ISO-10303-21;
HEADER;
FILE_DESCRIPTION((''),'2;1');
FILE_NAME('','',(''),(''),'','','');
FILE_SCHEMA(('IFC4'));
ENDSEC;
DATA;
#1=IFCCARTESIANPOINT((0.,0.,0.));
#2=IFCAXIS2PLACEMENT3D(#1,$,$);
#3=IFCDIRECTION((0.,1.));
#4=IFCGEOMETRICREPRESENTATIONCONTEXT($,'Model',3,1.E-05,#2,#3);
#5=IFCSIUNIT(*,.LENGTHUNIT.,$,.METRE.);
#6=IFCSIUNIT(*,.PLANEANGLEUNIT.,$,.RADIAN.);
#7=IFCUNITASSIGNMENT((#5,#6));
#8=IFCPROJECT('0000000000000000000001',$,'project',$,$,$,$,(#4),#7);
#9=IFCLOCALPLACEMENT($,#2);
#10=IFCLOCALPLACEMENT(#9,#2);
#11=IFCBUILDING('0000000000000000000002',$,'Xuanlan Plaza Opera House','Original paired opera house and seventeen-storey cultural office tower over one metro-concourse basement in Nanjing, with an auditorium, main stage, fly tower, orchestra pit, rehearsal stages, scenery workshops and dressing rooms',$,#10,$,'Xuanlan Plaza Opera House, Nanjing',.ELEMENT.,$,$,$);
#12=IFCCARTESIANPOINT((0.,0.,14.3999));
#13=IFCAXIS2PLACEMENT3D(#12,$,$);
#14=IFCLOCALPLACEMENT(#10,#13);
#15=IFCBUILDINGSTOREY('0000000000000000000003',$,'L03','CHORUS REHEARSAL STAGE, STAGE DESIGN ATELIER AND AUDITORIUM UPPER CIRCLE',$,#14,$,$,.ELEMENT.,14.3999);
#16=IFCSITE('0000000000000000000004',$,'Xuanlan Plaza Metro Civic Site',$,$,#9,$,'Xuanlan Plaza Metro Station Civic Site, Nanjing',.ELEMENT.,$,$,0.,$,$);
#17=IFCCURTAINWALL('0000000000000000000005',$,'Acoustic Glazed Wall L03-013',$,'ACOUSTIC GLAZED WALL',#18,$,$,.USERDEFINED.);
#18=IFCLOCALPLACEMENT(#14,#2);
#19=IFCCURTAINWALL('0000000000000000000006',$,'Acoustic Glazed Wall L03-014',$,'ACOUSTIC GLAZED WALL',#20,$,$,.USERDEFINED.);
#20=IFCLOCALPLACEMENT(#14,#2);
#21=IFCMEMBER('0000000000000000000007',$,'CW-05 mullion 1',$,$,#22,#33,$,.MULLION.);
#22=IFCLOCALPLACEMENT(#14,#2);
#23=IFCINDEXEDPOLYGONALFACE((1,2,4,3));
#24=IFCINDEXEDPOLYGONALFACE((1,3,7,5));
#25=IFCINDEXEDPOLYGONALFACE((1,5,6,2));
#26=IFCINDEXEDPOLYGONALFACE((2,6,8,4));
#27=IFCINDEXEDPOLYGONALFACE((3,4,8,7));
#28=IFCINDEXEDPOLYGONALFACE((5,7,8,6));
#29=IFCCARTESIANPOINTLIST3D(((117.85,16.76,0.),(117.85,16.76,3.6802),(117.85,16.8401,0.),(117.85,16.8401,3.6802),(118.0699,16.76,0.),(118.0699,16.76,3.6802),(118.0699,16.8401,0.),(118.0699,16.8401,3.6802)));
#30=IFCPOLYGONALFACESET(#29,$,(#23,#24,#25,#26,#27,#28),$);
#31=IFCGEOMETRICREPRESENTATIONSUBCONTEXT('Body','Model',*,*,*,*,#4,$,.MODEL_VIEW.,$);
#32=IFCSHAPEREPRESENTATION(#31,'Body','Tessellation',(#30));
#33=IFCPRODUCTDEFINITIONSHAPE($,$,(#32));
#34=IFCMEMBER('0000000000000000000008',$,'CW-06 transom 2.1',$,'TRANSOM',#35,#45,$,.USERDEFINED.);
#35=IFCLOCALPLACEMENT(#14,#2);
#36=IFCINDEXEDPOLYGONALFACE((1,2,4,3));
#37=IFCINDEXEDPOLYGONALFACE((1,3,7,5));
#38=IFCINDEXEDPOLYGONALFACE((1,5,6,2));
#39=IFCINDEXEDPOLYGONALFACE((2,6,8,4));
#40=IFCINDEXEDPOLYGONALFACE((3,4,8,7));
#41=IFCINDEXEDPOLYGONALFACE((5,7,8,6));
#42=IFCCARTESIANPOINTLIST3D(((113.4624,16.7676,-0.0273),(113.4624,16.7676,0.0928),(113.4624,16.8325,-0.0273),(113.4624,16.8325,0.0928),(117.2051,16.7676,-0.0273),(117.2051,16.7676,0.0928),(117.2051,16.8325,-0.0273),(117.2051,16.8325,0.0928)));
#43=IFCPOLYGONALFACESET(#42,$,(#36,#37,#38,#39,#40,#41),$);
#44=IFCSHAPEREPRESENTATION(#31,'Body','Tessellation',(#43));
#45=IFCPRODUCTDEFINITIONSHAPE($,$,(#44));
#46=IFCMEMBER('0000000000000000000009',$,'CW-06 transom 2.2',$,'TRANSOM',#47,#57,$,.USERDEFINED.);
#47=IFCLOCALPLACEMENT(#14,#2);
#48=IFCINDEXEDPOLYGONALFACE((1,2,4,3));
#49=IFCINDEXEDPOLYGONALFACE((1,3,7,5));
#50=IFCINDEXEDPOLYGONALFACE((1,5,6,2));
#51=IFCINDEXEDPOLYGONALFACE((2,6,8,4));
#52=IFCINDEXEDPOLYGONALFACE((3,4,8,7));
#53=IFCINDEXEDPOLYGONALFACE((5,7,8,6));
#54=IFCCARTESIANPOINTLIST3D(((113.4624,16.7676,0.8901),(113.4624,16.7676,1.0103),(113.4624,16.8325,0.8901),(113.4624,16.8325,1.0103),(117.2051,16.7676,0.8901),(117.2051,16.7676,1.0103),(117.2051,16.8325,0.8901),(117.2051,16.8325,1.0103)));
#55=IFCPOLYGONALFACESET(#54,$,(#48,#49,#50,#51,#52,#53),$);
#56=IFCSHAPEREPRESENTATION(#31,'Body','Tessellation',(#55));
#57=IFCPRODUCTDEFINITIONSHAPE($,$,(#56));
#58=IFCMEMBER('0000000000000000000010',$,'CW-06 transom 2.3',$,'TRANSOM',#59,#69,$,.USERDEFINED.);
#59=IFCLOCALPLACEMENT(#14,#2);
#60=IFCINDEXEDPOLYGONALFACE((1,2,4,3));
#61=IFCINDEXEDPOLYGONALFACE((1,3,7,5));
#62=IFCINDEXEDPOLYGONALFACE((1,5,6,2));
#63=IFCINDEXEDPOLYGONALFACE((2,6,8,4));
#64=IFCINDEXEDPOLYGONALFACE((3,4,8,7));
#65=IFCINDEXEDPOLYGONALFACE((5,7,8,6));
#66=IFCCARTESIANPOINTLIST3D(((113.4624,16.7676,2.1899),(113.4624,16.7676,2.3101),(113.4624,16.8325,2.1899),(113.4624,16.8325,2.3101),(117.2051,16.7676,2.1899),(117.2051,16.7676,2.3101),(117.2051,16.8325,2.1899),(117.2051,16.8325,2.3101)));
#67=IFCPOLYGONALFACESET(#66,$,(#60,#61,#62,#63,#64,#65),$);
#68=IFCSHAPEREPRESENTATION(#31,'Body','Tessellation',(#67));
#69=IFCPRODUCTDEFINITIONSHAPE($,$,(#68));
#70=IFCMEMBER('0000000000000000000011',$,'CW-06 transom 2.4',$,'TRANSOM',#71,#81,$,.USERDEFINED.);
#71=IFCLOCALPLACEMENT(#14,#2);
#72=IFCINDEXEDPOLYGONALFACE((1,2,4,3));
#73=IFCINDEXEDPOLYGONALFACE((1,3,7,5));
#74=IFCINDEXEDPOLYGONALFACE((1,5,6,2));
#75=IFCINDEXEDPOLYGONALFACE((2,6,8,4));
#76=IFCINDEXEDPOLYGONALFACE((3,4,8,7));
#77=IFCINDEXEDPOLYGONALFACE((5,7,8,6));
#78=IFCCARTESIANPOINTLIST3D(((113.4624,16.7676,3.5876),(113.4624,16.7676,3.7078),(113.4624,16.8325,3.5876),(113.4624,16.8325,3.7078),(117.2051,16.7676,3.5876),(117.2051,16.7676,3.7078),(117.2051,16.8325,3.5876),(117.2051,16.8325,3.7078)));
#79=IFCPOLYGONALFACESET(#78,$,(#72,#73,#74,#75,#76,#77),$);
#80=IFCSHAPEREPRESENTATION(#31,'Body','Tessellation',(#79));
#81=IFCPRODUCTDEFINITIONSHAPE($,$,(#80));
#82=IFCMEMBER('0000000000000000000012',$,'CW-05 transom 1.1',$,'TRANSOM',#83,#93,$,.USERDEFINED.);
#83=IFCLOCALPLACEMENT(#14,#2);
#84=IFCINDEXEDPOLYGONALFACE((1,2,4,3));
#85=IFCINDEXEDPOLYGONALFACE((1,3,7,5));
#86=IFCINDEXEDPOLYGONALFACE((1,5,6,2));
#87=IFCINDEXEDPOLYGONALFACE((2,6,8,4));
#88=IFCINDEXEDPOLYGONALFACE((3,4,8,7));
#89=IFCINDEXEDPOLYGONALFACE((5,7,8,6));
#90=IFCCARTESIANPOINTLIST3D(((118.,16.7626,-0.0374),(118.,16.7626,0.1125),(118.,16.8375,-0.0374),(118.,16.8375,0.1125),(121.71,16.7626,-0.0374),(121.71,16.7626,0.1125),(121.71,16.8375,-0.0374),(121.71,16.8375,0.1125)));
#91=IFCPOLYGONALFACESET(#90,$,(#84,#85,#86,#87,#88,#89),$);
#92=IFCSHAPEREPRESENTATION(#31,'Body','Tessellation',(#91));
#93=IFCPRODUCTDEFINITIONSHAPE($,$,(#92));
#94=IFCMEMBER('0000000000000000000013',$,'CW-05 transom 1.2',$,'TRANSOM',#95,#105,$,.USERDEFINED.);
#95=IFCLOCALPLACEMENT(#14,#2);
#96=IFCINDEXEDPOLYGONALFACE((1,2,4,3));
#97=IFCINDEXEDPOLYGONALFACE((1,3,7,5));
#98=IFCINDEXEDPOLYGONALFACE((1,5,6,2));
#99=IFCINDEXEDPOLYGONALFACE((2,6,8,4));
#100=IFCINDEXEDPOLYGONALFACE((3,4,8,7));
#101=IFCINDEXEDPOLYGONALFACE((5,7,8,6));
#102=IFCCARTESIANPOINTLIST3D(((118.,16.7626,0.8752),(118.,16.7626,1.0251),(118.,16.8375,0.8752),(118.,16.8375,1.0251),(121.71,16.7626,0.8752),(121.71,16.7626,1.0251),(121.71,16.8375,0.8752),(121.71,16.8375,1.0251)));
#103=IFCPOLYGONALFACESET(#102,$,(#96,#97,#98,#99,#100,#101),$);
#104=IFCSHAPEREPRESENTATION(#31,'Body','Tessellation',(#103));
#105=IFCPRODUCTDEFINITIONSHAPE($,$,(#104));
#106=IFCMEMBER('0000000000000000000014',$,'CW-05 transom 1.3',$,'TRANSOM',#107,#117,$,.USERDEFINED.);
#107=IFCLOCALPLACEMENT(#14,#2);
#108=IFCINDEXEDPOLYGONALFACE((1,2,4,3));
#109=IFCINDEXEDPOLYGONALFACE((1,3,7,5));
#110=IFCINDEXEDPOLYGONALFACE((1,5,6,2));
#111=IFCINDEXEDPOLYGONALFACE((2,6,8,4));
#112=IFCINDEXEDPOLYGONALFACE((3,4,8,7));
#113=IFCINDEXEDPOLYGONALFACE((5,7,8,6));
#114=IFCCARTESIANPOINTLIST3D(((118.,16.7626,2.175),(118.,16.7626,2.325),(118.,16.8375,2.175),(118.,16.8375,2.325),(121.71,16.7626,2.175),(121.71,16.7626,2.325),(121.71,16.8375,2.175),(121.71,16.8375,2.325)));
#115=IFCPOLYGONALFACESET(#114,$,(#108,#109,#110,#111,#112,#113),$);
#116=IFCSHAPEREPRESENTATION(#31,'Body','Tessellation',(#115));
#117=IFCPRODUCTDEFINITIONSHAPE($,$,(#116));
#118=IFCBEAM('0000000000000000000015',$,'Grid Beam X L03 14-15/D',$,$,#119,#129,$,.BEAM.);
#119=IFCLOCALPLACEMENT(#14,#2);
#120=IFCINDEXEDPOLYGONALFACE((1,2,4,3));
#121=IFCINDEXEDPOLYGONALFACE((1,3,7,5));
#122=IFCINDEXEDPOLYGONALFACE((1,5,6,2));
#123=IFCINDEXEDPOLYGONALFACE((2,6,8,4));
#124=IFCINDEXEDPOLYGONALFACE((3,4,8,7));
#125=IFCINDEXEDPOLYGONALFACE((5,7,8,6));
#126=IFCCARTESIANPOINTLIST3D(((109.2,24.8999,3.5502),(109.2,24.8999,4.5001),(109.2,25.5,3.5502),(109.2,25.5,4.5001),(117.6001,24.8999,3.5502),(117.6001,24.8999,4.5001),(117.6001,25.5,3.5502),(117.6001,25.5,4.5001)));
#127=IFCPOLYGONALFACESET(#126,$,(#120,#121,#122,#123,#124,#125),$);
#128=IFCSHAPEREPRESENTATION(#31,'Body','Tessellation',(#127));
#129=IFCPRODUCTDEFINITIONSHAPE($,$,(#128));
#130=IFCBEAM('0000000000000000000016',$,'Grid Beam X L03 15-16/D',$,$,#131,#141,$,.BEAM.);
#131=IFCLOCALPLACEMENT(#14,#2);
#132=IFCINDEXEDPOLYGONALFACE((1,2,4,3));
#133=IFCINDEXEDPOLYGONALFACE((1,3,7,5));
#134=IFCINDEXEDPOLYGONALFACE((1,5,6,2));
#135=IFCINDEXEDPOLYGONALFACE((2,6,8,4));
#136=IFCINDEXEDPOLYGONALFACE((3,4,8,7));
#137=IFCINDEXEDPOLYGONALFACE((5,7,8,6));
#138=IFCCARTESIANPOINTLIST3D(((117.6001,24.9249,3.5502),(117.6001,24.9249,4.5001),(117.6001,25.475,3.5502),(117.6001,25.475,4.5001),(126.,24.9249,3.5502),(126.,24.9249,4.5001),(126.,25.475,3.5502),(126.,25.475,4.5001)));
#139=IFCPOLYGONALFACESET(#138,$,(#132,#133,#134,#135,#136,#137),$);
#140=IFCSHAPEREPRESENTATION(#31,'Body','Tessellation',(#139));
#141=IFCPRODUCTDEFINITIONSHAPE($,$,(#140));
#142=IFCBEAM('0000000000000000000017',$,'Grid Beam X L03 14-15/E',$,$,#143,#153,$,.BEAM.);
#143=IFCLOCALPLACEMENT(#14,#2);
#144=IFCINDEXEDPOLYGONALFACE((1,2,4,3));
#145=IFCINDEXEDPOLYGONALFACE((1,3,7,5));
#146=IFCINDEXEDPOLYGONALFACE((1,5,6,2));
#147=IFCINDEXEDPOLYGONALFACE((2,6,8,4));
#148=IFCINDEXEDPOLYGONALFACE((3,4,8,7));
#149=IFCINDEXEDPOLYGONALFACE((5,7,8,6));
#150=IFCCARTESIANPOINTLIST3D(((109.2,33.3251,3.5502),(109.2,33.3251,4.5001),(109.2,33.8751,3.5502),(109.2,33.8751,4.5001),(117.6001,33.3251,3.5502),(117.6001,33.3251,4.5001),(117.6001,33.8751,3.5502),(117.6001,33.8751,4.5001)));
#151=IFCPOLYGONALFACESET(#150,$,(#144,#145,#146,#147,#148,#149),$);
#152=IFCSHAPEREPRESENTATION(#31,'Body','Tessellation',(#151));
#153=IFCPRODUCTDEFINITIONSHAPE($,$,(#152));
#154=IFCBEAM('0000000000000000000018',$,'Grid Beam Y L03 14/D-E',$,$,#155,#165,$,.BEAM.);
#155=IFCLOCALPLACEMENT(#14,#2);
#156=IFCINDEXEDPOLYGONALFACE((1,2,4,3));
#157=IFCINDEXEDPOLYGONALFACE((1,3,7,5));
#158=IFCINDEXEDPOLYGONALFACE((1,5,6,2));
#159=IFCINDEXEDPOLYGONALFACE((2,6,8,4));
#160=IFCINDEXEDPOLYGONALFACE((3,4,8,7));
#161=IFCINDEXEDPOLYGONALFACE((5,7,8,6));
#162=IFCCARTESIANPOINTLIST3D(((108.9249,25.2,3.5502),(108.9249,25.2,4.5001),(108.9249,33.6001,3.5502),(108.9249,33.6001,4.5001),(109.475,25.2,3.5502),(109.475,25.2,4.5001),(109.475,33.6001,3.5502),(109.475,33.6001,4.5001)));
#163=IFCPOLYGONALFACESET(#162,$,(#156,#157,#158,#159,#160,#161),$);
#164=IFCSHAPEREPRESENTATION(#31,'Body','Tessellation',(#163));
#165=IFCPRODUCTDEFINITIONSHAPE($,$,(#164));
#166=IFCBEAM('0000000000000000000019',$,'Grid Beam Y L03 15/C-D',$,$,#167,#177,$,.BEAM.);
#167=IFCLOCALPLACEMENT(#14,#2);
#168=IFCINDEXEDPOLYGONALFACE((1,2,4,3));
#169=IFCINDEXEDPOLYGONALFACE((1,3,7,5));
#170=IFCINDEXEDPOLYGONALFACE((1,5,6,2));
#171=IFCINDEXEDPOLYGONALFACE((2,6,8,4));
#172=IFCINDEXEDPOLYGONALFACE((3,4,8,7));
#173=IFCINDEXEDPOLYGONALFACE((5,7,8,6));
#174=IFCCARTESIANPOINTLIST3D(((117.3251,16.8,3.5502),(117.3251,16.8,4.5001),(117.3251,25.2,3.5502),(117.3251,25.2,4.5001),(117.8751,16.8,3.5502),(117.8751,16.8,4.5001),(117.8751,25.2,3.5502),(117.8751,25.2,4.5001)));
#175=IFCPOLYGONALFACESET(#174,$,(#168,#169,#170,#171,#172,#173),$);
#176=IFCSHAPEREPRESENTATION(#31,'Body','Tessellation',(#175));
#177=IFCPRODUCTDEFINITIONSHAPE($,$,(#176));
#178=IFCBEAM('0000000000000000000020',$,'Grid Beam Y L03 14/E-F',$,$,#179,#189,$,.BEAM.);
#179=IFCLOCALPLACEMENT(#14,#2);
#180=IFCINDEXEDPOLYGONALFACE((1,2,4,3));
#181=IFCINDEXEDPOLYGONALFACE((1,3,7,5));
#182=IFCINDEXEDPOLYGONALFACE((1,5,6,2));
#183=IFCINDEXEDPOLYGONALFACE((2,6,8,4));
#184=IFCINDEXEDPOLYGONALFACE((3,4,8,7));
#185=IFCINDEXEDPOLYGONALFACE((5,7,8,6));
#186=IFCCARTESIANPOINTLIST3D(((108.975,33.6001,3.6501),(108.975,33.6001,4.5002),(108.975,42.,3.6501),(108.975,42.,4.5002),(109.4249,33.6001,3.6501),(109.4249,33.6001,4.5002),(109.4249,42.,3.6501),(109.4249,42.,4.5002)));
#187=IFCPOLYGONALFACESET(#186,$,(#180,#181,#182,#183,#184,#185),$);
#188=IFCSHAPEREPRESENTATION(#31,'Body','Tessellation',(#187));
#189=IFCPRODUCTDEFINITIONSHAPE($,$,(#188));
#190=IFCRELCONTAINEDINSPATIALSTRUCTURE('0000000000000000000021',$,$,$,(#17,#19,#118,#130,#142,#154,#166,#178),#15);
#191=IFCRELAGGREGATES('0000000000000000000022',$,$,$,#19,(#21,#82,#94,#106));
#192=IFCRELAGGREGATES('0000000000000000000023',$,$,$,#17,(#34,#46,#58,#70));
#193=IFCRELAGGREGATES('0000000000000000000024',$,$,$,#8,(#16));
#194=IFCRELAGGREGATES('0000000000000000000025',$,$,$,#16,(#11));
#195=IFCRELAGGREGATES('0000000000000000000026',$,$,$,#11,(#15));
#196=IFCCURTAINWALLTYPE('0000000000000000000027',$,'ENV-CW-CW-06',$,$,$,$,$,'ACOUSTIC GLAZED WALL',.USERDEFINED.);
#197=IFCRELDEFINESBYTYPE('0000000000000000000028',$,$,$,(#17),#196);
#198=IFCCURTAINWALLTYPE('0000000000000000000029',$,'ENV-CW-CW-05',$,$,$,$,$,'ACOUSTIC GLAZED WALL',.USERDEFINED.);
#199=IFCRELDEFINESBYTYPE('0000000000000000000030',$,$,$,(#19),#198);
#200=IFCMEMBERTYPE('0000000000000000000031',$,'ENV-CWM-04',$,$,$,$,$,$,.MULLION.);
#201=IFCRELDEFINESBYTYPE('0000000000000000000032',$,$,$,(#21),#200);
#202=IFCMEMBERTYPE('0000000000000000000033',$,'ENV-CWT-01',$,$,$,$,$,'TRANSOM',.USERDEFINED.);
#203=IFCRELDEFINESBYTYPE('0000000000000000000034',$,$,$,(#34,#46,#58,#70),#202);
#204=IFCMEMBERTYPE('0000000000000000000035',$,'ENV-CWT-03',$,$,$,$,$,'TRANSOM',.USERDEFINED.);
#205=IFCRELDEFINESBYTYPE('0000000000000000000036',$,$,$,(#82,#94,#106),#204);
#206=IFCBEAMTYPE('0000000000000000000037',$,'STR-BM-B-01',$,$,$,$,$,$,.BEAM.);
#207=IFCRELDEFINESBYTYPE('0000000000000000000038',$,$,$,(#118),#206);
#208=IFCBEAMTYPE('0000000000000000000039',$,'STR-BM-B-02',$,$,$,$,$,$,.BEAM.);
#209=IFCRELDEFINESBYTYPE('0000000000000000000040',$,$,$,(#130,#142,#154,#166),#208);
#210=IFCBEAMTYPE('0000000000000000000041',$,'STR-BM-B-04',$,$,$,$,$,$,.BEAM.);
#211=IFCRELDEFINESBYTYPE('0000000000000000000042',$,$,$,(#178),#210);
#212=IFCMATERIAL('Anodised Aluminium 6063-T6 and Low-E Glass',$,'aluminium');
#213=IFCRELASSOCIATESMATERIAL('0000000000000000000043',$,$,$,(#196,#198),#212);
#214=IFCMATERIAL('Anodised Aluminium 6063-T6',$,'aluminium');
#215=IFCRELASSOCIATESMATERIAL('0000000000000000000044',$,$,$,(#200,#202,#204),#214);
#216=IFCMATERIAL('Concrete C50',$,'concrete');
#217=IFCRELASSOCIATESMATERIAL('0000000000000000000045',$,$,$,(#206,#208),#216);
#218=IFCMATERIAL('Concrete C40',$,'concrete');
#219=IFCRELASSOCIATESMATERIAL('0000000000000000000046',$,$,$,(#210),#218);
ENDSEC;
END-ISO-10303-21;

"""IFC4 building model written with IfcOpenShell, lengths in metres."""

from ifc_helpers import new_model, si_unit, direction, frame, origin, origin_2d, place, context, subcontext, project, spatial, rectangle, extrude, material, material_profile, profile_set, type_object, element, aggregate, save


model = new_model("IFC4")

# Units and contexts
model_context = context("Model", 3, precision=1e-05, world=origin(), true_north=direction((0.0, 1.0)))
body_context = subcontext(model_context, "Body", "Model", "MODEL_VIEW")
ifc_project = project(units=[si_unit("LENGTHUNIT", "METRE"), si_unit("PLANEANGLEUNIT", "RADIAN")], contexts=[model_context])

# Site, building, storey
site_placement = place(None, origin())
site = spatial("IfcSite", under=ifc_project, at=site_placement, Name="Xuanlan Plaza Metro Civic Site", LongName="Xuanlan Plaza Metro Station Civic Site, Nanjing", CompositionType="ELEMENT", RefElevation=0.0)
building_placement = place(site_placement, origin())
building = spatial("IfcBuilding", under=site, at=building_placement, Name="Xuanlan Plaza Opera House", Description="Original paired opera house and seventeen-storey cultural office tower over one metro-concourse basement in Nanjing, with an auditorium, main stage, fly tower, orchestra pit, rehearsal stages, scenery workshops and dressing rooms", LongName="Xuanlan Plaza Opera House, Nanjing", CompositionType="ELEMENT")
storey_placement = place(building_placement, frame((0.0, 0.0, 14.3999)))
storey = spatial("IfcBuildingStorey", under=building, at=storey_placement, Name="L03", Description="CHORUS REHEARSAL STAGE, STAGE DESIGN ATELIER AND AUDITORIUM UPPER CIRCLE", CompositionType="ELEMENT", Elevation=14.3999)

# Shared definitions
ifc_material_1 = material(Name="Concrete C40", Category="concrete")

# Curtain wall
ifc_material_2 = material(Name="Anodised Aluminium 6063-T6 and Low-E Glass", Category="aluminium")
curtain_wall_type_1 = type_object("IfcCurtainWallType", Name="ENV-CW-CW-06", ElementType="ACOUSTIC GLAZED WALL", PredefinedType="USERDEFINED", material=ifc_material_2)
curtain_wall_1_placement = place(storey_placement, origin())
curtain_wall_1 = element("IfcCurtainWall", 1, at=curtain_wall_1_placement, inside=storey, type_object=curtain_wall_type_1, Name="Acoustic Glazed Wall L03-013", ObjectType="ACOUSTIC GLAZED WALL", PredefinedType="USERDEFINED")
ifc_material_3 = material(Name="Anodised Aluminium 6063-T6", Category="aluminium")

# Curtain wall, member
curtain_wall_type_2 = type_object("IfcCurtainWallType", Name="ENV-CW-CW-05", ElementType="ACOUSTIC GLAZED WALL", PredefinedType="USERDEFINED", material=ifc_material_2)
curtain_wall_2_placement = place(storey_placement, origin())
curtain_wall_2 = element("IfcCurtainWall", 2, at=curtain_wall_2_placement, inside=storey, type_object=curtain_wall_type_2, Name="Acoustic Glazed Wall L03-014", ObjectType="ACOUSTIC GLAZED WALL", PredefinedType="USERDEFINED")
ifc_material_profile_1 = material_profile(ifc_material_3, rectangle(XDim=0.0801, YDim=0.22, at=origin_2d()), Name="ALU-M 80x220")
ifc_profile_set_1 = profile_set([ifc_material_profile_1], Name="Anodised Aluminium 6063-T6")
member_type_1 = type_object("IfcMemberType", Name="ENV-CWM-04", PredefinedType="MULLION", material=ifc_profile_set_1)
member_1_placement = place(storey_placement, frame((117.96, 16.8, 0.0), z_axis=(0.0, 0.0, 1.0), x_axis=(0.0, 1.0, 0.0)))
member_1 = element("IfcMember", 3, at=member_1_placement, type_object=member_type_1, Name="CW-05 mullion 1", PredefinedType="MULLION", context=body_context, shape_type="SweptSolid", body=[
    extrude(rectangle(XDim=0.0801, YDim=0.22, at=origin_2d()), origin(), (0.0, 0.0, 1.0), 3.6802),
])

# Members
ifc_material_profile_2 = material_profile(ifc_material_3, rectangle(XDim=0.0649, YDim=0.1201, at=origin_2d()), Name="ALU-T 65x120")
ifc_profile_set_2 = profile_set([ifc_material_profile_2], Name="Anodised Aluminium 6063-T6")
member_type_2 = type_object("IfcMemberType", Name="ENV-CWT-01", ElementType="TRANSOM", PredefinedType="USERDEFINED", material=ifc_profile_set_2)
member_2_placement = place(storey_placement, frame((113.4624, 16.8, 0.0327), z_axis=(1.0, 0.0, 0.0), x_axis=(0.0, 1.0, 0.0)))
member_2 = element("IfcMember", 4, at=member_2_placement, type_object=member_type_2, Name="CW-06 transom 2.1", ObjectType="TRANSOM", PredefinedType="USERDEFINED", context=body_context, shape_type="SweptSolid", body=[
    extrude(rectangle(XDim=0.0649, YDim=0.1201, at=origin_2d()), origin(), (0.0, 0.0, 1.0), 3.7427),
])
member_3_placement = place(storey_placement, frame((113.4624, 16.8, 0.9502), z_axis=(1.0, 0.0, 0.0), x_axis=(0.0, 1.0, 0.0)))
member_3 = element("IfcMember", 5, at=member_3_placement, type_object=member_type_2, Name="CW-06 transom 2.2", ObjectType="TRANSOM", PredefinedType="USERDEFINED", context=body_context, shape_type="SweptSolid", body=[
    extrude(rectangle(XDim=0.0649, YDim=0.1201, at=origin_2d()), origin(), (0.0, 0.0, 1.0), 3.7427),
])
member_4_placement = place(storey_placement, frame((113.4624, 16.8, 2.25), z_axis=(1.0, 0.0, 0.0), x_axis=(0.0, 1.0, 0.0)))
member_4 = element("IfcMember", 6, at=member_4_placement, type_object=member_type_2, Name="CW-06 transom 2.3", ObjectType="TRANSOM", PredefinedType="USERDEFINED", context=body_context, shape_type="SweptSolid", body=[
    extrude(rectangle(XDim=0.0649, YDim=0.1201, at=origin_2d()), origin(), (0.0, 0.0, 1.0), 3.7427),
])
member_5_placement = place(storey_placement, frame((113.4624, 16.8, 3.6477), z_axis=(1.0, 0.0, 0.0), x_axis=(0.0, 1.0, 0.0)))
member_5 = element("IfcMember", 7, at=member_5_placement, type_object=member_type_2, Name="CW-06 transom 2.4", ObjectType="TRANSOM", PredefinedType="USERDEFINED", context=body_context, shape_type="SweptSolid", body=[
    extrude(rectangle(XDim=0.0649, YDim=0.1201, at=origin_2d()), origin(), (0.0, 0.0, 1.0), 3.7427),
])
ifc_material_profile_3 = material_profile(ifc_material_3, rectangle(XDim=0.075, YDim=0.1499, at=origin_2d()), Name="ALU-T 75x150")
ifc_profile_set_3 = profile_set([ifc_material_profile_3], Name="Anodised Aluminium 6063-T6")
member_type_3 = type_object("IfcMemberType", Name="ENV-CWT-03", ElementType="TRANSOM", PredefinedType="USERDEFINED", material=ifc_profile_set_3)
member_6_placement = place(storey_placement, frame((118.0, 16.8, 0.0376), z_axis=(1.0, 0.0, 0.0), x_axis=(0.0, 1.0, 0.0)))
member_6 = element("IfcMember", 8, at=member_6_placement, type_object=member_type_3, Name="CW-05 transom 1.1", ObjectType="TRANSOM", PredefinedType="USERDEFINED", context=body_context, shape_type="SweptSolid", body=[
    extrude(rectangle(XDim=0.075, YDim=0.1499, at=origin_2d()), origin(), (0.0, 0.0, 1.0), 3.71),
])
member_7_placement = place(storey_placement, frame((118.0, 16.8, 0.9502), z_axis=(1.0, 0.0, 0.0), x_axis=(0.0, 1.0, 0.0)))
member_7 = element("IfcMember", 9, at=member_7_placement, type_object=member_type_3, Name="CW-05 transom 1.2", ObjectType="TRANSOM", PredefinedType="USERDEFINED", context=body_context, shape_type="SweptSolid", body=[
    extrude(rectangle(XDim=0.075, YDim=0.1499, at=origin_2d()), origin(), (0.0, 0.0, 1.0), 3.71),
])
member_8_placement = place(storey_placement, frame((118.0, 16.8, 2.25), z_axis=(1.0, 0.0, 0.0), x_axis=(0.0, 1.0, 0.0)))
member_8 = element("IfcMember", 10, at=member_8_placement, type_object=member_type_3, Name="CW-05 transom 1.3", ObjectType="TRANSOM", PredefinedType="USERDEFINED", context=body_context, shape_type="SweptSolid", body=[
    extrude(rectangle(XDim=0.075, YDim=0.1499, at=origin_2d()), origin(), (0.0, 0.0, 1.0), 3.71),
])
aggregate(curtain_wall_2, [member_1, member_6, member_7, member_8])

# Beams
ifc_material_4 = material(Name="Concrete C50", Category="concrete")
ifc_material_profile_4 = material_profile(ifc_material_4, rectangle(XDim=0.6001, YDim=0.95, at=origin_2d()), Name="RC-BM 600x950")
ifc_profile_set_4 = profile_set([ifc_material_profile_4], Name="Concrete C50")
beam_type_1 = type_object("IfcBeamType", Name="STR-BM-B-01", PredefinedType="BEAM", material=ifc_profile_set_4)
beam_1_placement = place(storey_placement, frame((109.2, 25.2, 4.0251), z_axis=(1.0, 0.0, 0.0), x_axis=(0.0, 1.0, 0.0)))
element("IfcBeam", 11, at=beam_1_placement, inside=storey, type_object=beam_type_1, Name="Grid Beam X L03 14-15/D", PredefinedType="BEAM", context=body_context, shape_type="SweptSolid", body=[
    extrude(rectangle(XDim=0.6001, YDim=0.95, at=origin_2d()), origin(), (0.0, 0.0, 1.0), 8.4001),
])
ifc_material_profile_5 = material_profile(ifc_material_4, rectangle(XDim=0.55, YDim=0.95, at=origin_2d()), Name="RC-BM 550x950")
ifc_profile_set_5 = profile_set([ifc_material_profile_5], Name="Concrete C50")
beam_type_2 = type_object("IfcBeamType", Name="STR-BM-B-02", PredefinedType="BEAM", material=ifc_profile_set_5)
beam_2_placement = place(storey_placement, frame((117.6001, 25.2, 4.0251), z_axis=(1.0, 0.0, 0.0), x_axis=(0.0, 1.0, 0.0)))
element("IfcBeam", 12, at=beam_2_placement, inside=storey, type_object=beam_type_2, Name="Grid Beam X L03 15-16/D", PredefinedType="BEAM", context=body_context, shape_type="SweptSolid", body=[
    extrude(rectangle(XDim=0.55, YDim=0.95, at=origin_2d()), origin(), (0.0, 0.0, 1.0), 8.3999),
])
for number, where, z_axis, x_axis, name in (
    (13, (109.2, 33.6001, 4.0251), (1.0, 0.0, 0.0), (0.0, 1.0, 0.0), "Grid Beam X L03 14-15/E"),
    (14, (109.2, 25.2, 4.0251), (0.0, 1.0, 0.0), (-1.0, 0.0, 0.0), "Grid Beam Y L03 14/D-E"),
):
    element("IfcBeam", number, at=place(storey_placement, frame(where, z_axis=z_axis, x_axis=x_axis)), inside=storey, type_object=beam_type_2, Name=name, PredefinedType="BEAM", context=body_context, shape_type="SweptSolid", body=[
        extrude(rectangle(XDim=0.55, YDim=0.95, at=origin_2d()), origin(), (0.0, 0.0, 1.0), 8.4001),
    ])
beam_3_placement = place(storey_placement, frame((117.6001, 16.8, 4.0251), z_axis=(0.0, 1.0, 0.0), x_axis=(-1.0, 0.0, 0.0)))
element("IfcBeam", 15, at=beam_3_placement, inside=storey, type_object=beam_type_2, Name="Grid Beam Y L03 15/C-D", PredefinedType="BEAM", context=body_context, shape_type="SweptSolid", body=[
    extrude(rectangle(XDim=0.55, YDim=0.95, at=origin_2d()), origin(), (0.0, 0.0, 1.0), 8.3999),
])
ifc_material_profile_6 = material_profile(ifc_material_1, rectangle(XDim=0.45, YDim=0.8501, at=origin_2d()), Name="RC-BM 450x850")
ifc_profile_set_6 = profile_set([ifc_material_profile_6], Name="Concrete C40")
beam_type_3 = type_object("IfcBeamType", Name="STR-BM-B-04", PredefinedType="BEAM", material=ifc_profile_set_6)
beam_4_placement = place(storey_placement, frame((109.2, 33.6001, 4.0752), z_axis=(0.0, 1.0, 0.0), x_axis=(-1.0, 0.0, 0.0)))
element("IfcBeam", 16, at=beam_4_placement, inside=storey, type_object=beam_type_3, Name="Grid Beam Y L03 14/E-F", PredefinedType="BEAM", context=body_context, shape_type="SweptSolid", body=[
    extrude(rectangle(XDim=0.45, YDim=0.8501, at=origin_2d()), origin(), (0.0, 0.0, 1.0), 8.3999),
])

aggregate(curtain_wall_1, [member_2, member_3, member_4, member_5])

save(model, "model.ifc")
